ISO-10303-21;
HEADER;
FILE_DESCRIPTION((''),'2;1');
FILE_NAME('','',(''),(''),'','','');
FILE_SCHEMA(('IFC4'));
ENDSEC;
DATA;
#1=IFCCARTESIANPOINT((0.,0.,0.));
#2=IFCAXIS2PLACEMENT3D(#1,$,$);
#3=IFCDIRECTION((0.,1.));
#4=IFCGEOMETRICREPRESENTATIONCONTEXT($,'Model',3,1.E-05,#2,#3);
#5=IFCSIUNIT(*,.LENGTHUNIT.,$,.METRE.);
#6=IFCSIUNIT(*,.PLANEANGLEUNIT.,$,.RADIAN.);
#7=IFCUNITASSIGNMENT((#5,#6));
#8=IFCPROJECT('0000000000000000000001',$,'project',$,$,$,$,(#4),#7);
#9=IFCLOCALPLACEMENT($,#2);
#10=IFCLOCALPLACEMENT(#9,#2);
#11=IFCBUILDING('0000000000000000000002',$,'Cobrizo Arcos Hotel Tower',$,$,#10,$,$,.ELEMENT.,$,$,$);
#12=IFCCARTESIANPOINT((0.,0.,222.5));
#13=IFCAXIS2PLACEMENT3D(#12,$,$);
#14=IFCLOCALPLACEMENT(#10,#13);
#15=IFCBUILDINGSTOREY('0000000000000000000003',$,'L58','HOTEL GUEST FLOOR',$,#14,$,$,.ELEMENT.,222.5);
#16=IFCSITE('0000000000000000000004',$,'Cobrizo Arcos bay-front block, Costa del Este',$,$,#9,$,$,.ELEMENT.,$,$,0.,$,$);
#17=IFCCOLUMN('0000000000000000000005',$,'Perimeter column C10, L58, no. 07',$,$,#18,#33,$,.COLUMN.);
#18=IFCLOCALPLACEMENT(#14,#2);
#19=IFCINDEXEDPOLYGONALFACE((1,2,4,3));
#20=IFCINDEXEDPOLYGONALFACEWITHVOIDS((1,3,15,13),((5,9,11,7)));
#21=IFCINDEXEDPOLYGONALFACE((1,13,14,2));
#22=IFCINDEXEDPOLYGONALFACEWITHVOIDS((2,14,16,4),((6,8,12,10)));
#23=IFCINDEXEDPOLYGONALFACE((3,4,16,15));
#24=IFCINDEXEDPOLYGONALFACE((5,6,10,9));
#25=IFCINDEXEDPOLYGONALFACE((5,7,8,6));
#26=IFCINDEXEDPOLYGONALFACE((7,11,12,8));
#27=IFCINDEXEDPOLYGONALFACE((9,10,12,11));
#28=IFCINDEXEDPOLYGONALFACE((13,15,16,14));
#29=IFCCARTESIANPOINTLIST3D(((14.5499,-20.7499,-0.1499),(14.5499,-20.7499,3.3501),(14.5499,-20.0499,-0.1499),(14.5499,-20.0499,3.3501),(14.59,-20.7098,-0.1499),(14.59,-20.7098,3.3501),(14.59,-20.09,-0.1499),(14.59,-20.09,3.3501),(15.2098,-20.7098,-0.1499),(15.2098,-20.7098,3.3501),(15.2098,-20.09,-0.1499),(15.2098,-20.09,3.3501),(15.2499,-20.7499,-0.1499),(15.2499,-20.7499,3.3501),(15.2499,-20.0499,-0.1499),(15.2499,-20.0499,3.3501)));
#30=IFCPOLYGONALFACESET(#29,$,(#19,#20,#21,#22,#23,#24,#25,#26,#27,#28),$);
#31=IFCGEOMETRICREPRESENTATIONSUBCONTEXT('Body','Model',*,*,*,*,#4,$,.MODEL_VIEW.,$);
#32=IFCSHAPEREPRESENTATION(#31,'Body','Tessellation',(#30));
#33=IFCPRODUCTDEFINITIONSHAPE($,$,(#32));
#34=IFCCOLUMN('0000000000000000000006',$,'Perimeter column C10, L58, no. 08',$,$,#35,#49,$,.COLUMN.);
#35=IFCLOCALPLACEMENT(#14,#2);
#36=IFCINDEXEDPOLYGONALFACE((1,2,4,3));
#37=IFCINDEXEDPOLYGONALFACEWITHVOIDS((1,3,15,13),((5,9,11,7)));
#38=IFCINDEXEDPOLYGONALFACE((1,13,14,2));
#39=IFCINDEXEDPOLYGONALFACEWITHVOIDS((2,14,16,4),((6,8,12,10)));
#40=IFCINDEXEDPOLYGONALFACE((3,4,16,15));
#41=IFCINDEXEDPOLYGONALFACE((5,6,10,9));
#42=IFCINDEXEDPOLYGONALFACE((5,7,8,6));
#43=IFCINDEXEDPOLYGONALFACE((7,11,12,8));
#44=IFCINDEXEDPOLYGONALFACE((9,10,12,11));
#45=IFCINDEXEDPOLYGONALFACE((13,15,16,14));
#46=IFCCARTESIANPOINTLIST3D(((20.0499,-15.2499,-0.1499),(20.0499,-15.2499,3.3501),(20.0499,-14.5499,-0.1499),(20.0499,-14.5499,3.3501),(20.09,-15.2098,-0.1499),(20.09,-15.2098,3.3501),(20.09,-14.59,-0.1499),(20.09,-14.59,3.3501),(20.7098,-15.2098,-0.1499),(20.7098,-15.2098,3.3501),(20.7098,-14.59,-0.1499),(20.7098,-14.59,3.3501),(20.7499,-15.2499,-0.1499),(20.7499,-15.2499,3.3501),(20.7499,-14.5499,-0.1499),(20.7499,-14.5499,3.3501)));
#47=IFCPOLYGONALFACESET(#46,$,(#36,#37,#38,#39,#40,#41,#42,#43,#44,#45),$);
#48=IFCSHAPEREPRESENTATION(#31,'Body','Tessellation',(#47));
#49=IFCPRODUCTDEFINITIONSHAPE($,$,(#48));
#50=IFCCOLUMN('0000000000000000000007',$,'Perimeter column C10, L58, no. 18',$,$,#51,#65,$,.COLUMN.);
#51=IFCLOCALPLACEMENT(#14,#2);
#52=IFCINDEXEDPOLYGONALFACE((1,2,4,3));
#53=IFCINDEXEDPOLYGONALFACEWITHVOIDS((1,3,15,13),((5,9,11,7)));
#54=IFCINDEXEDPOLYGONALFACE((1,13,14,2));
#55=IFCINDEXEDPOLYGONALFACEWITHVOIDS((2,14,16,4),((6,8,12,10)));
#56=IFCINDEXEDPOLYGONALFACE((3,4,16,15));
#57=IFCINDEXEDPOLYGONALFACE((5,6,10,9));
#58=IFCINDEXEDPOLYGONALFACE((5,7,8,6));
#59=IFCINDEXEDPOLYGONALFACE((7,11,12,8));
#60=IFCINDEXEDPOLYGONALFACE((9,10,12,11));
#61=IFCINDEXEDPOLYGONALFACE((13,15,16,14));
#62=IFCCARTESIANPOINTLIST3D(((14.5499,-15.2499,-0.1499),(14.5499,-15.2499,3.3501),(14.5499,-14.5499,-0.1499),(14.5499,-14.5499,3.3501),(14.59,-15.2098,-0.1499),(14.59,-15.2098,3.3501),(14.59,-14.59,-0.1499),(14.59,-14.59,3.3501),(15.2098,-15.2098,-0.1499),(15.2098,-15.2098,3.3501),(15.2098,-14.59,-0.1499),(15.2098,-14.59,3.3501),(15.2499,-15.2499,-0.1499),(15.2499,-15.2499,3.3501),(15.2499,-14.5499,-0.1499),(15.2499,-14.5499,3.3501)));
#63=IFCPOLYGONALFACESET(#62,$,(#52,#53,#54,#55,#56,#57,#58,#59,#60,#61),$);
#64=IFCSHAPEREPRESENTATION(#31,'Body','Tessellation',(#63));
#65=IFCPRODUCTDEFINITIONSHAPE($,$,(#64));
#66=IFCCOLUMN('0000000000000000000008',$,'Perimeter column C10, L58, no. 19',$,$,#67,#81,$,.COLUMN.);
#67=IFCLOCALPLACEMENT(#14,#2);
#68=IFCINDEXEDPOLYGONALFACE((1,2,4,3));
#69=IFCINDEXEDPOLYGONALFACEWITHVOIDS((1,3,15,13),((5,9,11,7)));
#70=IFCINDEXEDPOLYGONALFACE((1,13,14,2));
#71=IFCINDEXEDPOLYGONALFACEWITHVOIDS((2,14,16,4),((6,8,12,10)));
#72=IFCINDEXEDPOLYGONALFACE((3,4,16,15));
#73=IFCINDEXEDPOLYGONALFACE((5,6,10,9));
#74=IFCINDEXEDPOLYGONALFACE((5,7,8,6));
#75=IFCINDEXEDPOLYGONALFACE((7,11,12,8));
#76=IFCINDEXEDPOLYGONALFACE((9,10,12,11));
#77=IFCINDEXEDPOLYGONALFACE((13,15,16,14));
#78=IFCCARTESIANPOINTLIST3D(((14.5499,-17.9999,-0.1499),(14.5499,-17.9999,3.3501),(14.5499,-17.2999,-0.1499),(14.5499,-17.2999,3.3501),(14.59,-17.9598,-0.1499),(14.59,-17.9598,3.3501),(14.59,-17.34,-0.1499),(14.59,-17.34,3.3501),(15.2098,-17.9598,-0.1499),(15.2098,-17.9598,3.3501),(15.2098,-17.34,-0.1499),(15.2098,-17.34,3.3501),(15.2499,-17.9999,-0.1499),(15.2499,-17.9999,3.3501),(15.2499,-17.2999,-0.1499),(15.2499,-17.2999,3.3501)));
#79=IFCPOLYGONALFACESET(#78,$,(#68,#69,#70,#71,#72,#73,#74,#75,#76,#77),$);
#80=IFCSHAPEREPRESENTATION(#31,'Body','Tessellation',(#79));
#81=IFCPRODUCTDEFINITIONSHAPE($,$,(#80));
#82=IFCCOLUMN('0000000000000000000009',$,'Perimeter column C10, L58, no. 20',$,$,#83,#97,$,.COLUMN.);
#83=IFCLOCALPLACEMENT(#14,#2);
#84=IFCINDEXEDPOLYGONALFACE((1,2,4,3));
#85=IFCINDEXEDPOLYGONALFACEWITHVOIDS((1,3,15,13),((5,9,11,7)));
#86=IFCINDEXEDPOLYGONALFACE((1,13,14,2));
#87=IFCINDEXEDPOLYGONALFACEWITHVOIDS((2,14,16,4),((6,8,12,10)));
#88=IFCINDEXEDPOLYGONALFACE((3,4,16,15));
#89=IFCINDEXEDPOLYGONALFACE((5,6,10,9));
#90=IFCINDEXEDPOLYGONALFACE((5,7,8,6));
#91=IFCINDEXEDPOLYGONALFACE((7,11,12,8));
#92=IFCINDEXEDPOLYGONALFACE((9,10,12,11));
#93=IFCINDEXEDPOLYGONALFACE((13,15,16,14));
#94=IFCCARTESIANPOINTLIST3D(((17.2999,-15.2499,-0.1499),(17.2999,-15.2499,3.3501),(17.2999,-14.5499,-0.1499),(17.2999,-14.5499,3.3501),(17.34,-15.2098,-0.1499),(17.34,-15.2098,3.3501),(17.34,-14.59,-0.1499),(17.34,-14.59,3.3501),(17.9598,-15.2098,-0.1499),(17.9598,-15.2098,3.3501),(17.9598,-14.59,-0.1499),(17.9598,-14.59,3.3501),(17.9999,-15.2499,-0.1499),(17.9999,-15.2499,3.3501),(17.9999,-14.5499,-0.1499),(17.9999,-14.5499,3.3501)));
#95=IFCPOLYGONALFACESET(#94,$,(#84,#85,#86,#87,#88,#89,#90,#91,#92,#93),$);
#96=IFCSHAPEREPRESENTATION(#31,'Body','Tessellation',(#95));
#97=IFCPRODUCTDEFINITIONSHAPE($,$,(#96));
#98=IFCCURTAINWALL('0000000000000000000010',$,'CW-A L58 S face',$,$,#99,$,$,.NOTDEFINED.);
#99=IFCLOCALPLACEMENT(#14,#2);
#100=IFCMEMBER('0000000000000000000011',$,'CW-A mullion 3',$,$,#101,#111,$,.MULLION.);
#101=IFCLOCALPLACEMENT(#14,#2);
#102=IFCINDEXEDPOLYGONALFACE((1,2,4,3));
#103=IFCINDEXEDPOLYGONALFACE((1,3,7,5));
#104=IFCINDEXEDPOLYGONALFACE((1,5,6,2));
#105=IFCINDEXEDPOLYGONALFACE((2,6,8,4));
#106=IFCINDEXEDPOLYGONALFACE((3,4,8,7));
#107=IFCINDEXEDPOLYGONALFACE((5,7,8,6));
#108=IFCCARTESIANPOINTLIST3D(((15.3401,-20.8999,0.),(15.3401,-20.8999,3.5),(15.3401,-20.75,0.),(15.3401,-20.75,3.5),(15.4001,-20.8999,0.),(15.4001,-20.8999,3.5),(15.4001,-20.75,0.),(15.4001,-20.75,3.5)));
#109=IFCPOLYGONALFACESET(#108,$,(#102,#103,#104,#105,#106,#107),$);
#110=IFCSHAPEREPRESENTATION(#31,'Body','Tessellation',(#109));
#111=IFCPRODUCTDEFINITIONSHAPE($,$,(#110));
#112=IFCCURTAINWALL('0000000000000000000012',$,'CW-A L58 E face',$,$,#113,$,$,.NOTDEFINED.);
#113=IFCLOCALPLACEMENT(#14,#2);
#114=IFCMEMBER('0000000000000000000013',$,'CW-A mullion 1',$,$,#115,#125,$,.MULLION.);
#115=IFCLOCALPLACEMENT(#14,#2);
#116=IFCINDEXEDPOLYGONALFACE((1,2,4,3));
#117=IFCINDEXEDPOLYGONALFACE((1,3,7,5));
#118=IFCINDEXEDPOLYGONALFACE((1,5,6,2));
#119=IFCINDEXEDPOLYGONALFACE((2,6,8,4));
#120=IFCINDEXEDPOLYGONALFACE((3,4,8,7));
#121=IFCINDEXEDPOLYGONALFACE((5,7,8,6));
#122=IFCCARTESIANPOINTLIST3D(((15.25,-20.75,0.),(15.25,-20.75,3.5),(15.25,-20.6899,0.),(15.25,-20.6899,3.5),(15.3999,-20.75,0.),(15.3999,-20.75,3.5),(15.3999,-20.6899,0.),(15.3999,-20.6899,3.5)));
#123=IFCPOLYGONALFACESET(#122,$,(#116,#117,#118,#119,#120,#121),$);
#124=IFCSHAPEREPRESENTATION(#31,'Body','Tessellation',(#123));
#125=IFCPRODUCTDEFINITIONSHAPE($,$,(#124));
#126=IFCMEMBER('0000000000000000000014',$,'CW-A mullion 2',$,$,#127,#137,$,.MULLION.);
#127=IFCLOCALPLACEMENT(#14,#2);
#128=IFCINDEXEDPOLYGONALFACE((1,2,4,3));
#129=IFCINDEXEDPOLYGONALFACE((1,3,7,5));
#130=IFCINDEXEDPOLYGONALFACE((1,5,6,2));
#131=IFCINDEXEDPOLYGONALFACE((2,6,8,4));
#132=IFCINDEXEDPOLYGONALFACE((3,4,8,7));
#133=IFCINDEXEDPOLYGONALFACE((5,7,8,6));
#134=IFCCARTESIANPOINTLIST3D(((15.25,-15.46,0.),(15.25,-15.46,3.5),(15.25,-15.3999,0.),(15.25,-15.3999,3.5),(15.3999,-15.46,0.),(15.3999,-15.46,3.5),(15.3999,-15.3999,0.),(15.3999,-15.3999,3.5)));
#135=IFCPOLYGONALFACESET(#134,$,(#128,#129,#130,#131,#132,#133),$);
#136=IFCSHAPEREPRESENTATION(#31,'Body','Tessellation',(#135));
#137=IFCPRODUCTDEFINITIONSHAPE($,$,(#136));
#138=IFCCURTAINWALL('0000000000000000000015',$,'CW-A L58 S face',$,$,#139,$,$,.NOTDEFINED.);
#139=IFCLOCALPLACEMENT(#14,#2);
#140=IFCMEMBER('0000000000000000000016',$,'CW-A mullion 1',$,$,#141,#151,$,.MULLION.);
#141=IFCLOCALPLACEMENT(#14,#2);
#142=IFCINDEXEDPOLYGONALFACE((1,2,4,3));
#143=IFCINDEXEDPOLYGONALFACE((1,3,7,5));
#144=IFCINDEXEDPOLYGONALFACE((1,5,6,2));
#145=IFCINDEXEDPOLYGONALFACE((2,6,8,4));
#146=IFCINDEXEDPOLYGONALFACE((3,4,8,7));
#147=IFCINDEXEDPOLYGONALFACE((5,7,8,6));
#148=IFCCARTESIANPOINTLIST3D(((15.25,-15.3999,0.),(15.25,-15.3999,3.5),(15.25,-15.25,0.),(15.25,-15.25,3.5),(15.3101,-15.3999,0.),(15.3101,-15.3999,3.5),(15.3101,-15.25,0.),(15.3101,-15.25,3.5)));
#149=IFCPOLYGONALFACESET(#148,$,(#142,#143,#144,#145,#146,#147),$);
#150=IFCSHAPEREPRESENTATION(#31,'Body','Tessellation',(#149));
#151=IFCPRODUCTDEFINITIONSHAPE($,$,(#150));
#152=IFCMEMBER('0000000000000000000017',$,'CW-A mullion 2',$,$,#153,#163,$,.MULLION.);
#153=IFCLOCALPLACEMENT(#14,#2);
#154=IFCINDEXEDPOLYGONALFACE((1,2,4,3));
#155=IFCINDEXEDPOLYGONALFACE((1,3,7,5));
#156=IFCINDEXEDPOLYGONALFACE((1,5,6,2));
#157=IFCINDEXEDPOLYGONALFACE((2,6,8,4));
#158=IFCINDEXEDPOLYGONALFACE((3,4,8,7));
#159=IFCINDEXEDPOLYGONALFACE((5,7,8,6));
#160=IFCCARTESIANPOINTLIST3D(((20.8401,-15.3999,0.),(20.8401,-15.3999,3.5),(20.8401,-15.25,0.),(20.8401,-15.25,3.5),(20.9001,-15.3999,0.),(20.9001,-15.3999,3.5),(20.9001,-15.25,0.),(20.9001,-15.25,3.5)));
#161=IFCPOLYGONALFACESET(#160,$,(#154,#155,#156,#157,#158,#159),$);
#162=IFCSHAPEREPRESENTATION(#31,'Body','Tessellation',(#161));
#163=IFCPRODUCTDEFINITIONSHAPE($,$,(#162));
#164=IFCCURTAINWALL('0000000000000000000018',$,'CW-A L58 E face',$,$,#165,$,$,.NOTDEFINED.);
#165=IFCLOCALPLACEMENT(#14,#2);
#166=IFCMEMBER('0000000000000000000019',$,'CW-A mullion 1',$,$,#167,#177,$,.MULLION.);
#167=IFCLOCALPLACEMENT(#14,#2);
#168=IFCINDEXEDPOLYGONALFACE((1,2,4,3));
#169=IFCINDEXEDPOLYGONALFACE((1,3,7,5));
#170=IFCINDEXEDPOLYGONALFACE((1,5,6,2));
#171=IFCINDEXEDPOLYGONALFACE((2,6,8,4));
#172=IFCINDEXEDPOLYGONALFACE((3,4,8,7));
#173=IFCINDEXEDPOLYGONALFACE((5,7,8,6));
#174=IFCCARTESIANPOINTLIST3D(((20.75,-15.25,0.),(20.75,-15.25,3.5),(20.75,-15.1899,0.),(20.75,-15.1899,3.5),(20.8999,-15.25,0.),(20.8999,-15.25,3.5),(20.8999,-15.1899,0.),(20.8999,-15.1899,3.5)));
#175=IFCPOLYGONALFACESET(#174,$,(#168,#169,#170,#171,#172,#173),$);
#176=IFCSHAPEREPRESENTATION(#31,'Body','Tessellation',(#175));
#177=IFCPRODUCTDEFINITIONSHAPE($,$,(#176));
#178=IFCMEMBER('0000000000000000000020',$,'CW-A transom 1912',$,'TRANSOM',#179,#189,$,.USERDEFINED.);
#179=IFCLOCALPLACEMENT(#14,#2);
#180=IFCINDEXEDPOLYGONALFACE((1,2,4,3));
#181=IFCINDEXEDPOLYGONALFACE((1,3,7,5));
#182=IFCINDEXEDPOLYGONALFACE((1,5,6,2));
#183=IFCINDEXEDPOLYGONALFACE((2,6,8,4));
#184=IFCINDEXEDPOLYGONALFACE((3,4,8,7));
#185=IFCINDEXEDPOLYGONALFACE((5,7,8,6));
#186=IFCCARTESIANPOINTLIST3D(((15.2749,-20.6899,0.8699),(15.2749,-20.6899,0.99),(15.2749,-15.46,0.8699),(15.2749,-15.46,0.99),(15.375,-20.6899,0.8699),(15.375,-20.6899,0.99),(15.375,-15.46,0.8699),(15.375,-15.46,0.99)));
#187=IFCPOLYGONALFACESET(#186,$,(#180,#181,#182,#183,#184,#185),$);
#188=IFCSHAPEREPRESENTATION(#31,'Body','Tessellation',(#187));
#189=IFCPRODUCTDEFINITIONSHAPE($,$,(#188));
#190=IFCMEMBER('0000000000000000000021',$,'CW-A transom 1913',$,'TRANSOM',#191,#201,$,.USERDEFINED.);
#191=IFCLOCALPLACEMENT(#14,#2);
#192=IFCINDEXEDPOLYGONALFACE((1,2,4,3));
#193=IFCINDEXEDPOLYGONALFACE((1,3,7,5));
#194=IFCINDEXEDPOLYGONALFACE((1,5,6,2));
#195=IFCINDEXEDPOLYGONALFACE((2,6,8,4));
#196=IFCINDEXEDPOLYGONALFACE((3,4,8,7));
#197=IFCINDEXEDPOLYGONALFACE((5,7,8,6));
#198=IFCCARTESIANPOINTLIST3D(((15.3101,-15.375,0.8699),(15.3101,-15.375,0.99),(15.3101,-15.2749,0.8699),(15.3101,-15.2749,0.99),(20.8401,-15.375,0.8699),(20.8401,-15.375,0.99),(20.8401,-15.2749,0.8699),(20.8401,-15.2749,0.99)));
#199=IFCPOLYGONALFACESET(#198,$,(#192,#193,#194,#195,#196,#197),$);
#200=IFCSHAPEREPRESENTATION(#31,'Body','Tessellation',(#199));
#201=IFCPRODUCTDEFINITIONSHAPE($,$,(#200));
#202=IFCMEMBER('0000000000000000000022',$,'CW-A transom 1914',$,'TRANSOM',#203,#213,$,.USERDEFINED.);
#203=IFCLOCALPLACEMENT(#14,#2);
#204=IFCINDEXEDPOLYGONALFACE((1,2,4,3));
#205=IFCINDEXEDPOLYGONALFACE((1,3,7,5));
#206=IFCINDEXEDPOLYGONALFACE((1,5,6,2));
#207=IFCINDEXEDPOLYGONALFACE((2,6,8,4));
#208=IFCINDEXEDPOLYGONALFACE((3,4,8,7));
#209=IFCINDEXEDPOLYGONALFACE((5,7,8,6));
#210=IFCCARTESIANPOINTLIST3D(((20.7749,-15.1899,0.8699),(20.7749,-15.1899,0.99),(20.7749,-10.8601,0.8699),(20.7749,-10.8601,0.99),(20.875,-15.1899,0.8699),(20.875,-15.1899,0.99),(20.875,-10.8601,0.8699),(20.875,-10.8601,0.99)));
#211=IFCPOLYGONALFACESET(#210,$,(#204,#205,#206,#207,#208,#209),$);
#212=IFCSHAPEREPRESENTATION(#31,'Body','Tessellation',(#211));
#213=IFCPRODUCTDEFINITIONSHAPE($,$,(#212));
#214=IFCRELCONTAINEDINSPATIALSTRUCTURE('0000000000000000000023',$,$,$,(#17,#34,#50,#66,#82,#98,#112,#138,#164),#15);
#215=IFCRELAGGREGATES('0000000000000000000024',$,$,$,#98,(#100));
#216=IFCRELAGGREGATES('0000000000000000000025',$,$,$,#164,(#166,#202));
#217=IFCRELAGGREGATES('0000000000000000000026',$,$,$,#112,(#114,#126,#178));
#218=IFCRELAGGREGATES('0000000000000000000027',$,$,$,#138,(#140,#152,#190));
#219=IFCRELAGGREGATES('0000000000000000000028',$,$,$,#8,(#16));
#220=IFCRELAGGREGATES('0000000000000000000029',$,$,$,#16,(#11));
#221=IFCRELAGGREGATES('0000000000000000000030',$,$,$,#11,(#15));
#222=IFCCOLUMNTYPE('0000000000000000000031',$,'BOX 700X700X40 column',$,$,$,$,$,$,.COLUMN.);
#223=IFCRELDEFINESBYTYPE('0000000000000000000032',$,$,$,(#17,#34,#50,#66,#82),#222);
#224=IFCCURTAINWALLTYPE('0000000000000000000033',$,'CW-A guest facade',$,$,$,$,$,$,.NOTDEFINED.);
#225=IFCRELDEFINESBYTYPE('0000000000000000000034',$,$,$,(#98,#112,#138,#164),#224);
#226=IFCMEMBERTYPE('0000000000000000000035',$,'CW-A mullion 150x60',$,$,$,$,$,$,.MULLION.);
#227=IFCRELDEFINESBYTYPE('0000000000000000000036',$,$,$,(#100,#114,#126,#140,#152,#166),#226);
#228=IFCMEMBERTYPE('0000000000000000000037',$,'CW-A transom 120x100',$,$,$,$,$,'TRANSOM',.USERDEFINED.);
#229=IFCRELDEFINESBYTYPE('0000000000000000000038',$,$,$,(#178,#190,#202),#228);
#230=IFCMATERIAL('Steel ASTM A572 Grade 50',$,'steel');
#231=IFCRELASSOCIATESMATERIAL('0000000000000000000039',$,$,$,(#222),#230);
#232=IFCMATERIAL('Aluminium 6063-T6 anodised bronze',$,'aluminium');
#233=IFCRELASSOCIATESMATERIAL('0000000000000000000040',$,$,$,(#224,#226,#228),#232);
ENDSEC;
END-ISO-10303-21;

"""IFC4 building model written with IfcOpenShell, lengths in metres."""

from ifc_helpers import new_model, si_unit, direction, frame, origin, origin_2d, place, context, subcontext, project, spatial, rectangle, hollow_rectangle, extrude, material, material_profile, profile_set, type_object, element, aggregate, save


model = new_model("IFC4")

# Units and contexts
model_context = context("Model", 3, precision=1e-05, world=origin(), true_north=direction((0.0, 1.0)))
body_context = subcontext(model_context, "Body", "Model", "MODEL_VIEW")
ifc_project = project(units=[si_unit("LENGTHUNIT", "METRE"), si_unit("PLANEANGLEUNIT", "RADIAN")], contexts=[model_context])

# Site, building, storey
site_placement = place(None, origin())
site = spatial("IfcSite", under=ifc_project, at=site_placement, Name="Cobrizo Arcos bay-front block, Costa del Este", CompositionType="ELEMENT", RefElevation=0.0)
building_placement = place(site_placement, origin())
building = spatial("IfcBuilding", under=site, at=building_placement, Name="Cobrizo Arcos Hotel Tower", CompositionType="ELEMENT")
storey_placement = place(building_placement, frame((0.0, 0.0, 222.5)))
storey = spatial("IfcBuildingStorey", under=building, at=storey_placement, Name="L58", Description="HOTEL GUEST FLOOR", CompositionType="ELEMENT", Elevation=222.5)

# Columns
ifc_material_1 = material(Name="Steel ASTM A572 Grade 50", Category="steel")
ifc_material_profile_1 = material_profile(ifc_material_1, hollow_rectangle(XDim=0.7, YDim=0.7, WallThickness=0.04, at=origin_2d()), Name="BOX 700X700X40")
ifc_profile_set_1 = profile_set([ifc_material_profile_1], Name="Steel ASTM A572 Grade 50")
column_type = type_object("IfcColumnType", Name="BOX 700X700X40 column", PredefinedType="COLUMN", material=ifc_profile_set_1)
for number, where, z_axis, x_axis, name in (
    (1, (14.8999, -20.3999, -0.1499), (0.0, 0.0, 1.0), (1.0, 0.0, 0.0), "Perimeter column C10, L58, no. 07"),
    (2, (20.3999, -14.8999, -0.1499), (0.0, 0.0, 1.0), (1.0, 0.0, 0.0), "Perimeter column C10, L58, no. 08"),
    (3, (14.8999, -14.8999, -0.1499), (0.0, 0.0, 1.0), (1.0, 0.0, 0.0), "Perimeter column C10, L58, no. 18"),
    (4, (14.8999, -17.6499, -0.1499), (0.0, 0.0, 1.0), (1.0, 0.0, 0.0), "Perimeter column C10, L58, no. 19"),
    (5, (17.6499, -14.8999, -0.1499), (0.0, 0.0, 1.0), (1.0, 0.0, 0.0), "Perimeter column C10, L58, no. 20"),
):
    element("IfcColumn", number, at=place(storey_placement, frame(where, z_axis=z_axis, x_axis=x_axis)), inside=storey, type_object=column_type, Name=name, PredefinedType="COLUMN", context=body_context, shape_type="SweptSolid", body=[
        extrude(hollow_rectangle(XDim=0.7, YDim=0.7, WallThickness=0.04, at=origin_2d()), origin(), (0.0, 0.0, 1.0), 3.5),
    ])

# Curtain wall, member
ifc_material_2 = material(Name="Aluminium 6063-T6 anodised bronze", Category="aluminium")
curtain_wall_type = type_object("IfcCurtainWallType", Name="CW-A guest facade", PredefinedType="NOTDEFINED", material=ifc_material_2)
curtain_wall_1_placement = place(storey_placement, origin())
curtain_wall_1 = element("IfcCurtainWall", 6, at=curtain_wall_1_placement, inside=storey, type_object=curtain_wall_type, Name="CW-A L58 S face", PredefinedType="NOTDEFINED")
ifc_material_profile_2 = material_profile(ifc_material_2, rectangle(XDim=0.1499, YDim=0.0601, at=origin_2d()), Name="CW-A mullion 150x60")
ifc_profile_set_2 = profile_set([ifc_material_profile_2], Name="Aluminium 6063-T6 anodised bronze")
member_type_1 = type_object("IfcMemberType", Name="CW-A mullion 150x60", PredefinedType="MULLION", material=ifc_profile_set_2)
member_1_placement = place(storey_placement, frame((15.3701, -20.825, 0.0), z_axis=(0.0, 0.0, 1.0), x_axis=(0.0, -1.0, 0.0)))
member_1 = element("IfcMember", 7, at=member_1_placement, type_object=member_type_1, Name="CW-A mullion 3", PredefinedType="MULLION", context=body_context, shape_type="SweptSolid", body=[
    extrude(rectangle(XDim=0.1499, YDim=0.0601, at=origin_2d()), origin(), (0.0, 0.0, 1.0), 3.5),
])
aggregate(curtain_wall_1, [member_1])

# Curtain walls, members
curtain_wall_2_placement = place(storey_placement, origin())
curtain_wall_2 = element("IfcCurtainWall", 8, at=curtain_wall_2_placement, inside=storey, type_object=curtain_wall_type, Name="CW-A L58 E face", PredefinedType="NOTDEFINED")
member_2_placement = place(storey_placement, frame((15.325, -20.72, 0.0), z_axis=(0.0, 0.0, 1.0), x_axis=(1.0, 0.0, 0.0)))
member_2 = element("IfcMember", 9, at=member_2_placement, type_object=member_type_1, Name="CW-A mullion 1", PredefinedType="MULLION", context=body_context, shape_type="SweptSolid", body=[
    extrude(rectangle(XDim=0.1499, YDim=0.0601, at=origin_2d()), origin(), (0.0, 0.0, 1.0), 3.5),
])
member_3_placement = place(storey_placement, frame((15.325, -15.4299, 0.0), z_axis=(0.0, 0.0, 1.0), x_axis=(1.0, 0.0, 0.0)))
member_3 = element("IfcMember", 10, at=member_3_placement, type_object=member_type_1, Name="CW-A mullion 2", PredefinedType="MULLION", context=body_context, shape_type="SweptSolid", body=[
    extrude(rectangle(XDim=0.1499, YDim=0.0601, at=origin_2d()), origin(), (0.0, 0.0, 1.0), 3.5),
])
curtain_wall_3_placement = place(storey_placement, origin())
curtain_wall_3 = element("IfcCurtainWall", 11, at=curtain_wall_3_placement, inside=storey, type_object=curtain_wall_type, Name="CW-A L58 S face", PredefinedType="NOTDEFINED")
member_4_placement = place(storey_placement, frame((15.28, -15.325, 0.0), z_axis=(0.0, 0.0, 1.0), x_axis=(0.0, -1.0, 0.0)))
member_4 = element("IfcMember", 12, at=member_4_placement, type_object=member_type_1, Name="CW-A mullion 1", PredefinedType="MULLION", context=body_context, shape_type="SweptSolid", body=[
    extrude(rectangle(XDim=0.1499, YDim=0.0601, at=origin_2d()), origin(), (0.0, 0.0, 1.0), 3.5),
])
member_5_placement = place(storey_placement, frame((20.8701, -15.325, 0.0), z_axis=(0.0, 0.0, 1.0), x_axis=(0.0, -1.0, 0.0)))
member_5 = element("IfcMember", 13, at=member_5_placement, type_object=member_type_1, Name="CW-A mullion 2", PredefinedType="MULLION", context=body_context, shape_type="SweptSolid", body=[
    extrude(rectangle(XDim=0.1499, YDim=0.0601, at=origin_2d()), origin(), (0.0, 0.0, 1.0), 3.5),
])

# Curtain wall, member
curtain_wall_4_placement = place(storey_placement, origin())
curtain_wall_4 = element("IfcCurtainWall", 14, at=curtain_wall_4_placement, inside=storey, type_object=curtain_wall_type, Name="CW-A L58 E face", PredefinedType="NOTDEFINED")
member_6_placement = place(storey_placement, frame((20.825, -15.22, 0.0), z_axis=(0.0, 0.0, 1.0), x_axis=(1.0, 0.0, 0.0)))
member_6 = element("IfcMember", 15, at=member_6_placement, type_object=member_type_1, Name="CW-A mullion 1", PredefinedType="MULLION", context=body_context, shape_type="SweptSolid", body=[
    extrude(rectangle(XDim=0.1499, YDim=0.0601, at=origin_2d()), origin(), (0.0, 0.0, 1.0), 3.5),
])

# Members
ifc_material_profile_3 = material_profile(ifc_material_2, rectangle(XDim=0.1001, YDim=0.1201, at=origin_2d()), Name="CW-A transom 120x100")
ifc_profile_set_3 = profile_set([ifc_material_profile_3], Name="Aluminium 6063-T6 anodised bronze")
member_type_2 = type_object("IfcMemberType", Name="CW-A transom 120x100", ElementType="TRANSOM", PredefinedType="USERDEFINED", material=ifc_profile_set_3)
member_7_placement = place(storey_placement, frame((15.325, -20.6899, 0.9299), z_axis=(0.0, 1.0, 0.0), x_axis=(-1.0, 0.0, 0.0)))
member_7 = element("IfcMember", 16, at=member_7_placement, type_object=member_type_2, Name="CW-A transom 1912", ObjectType="TRANSOM", PredefinedType="USERDEFINED", context=body_context, shape_type="SweptSolid", body=[
    extrude(rectangle(XDim=0.1001, YDim=0.1201, at=origin_2d()), origin(), (0.0, 0.0, 1.0), 5.23),
])
member_8_placement = place(storey_placement, frame((15.3101, -15.325, 0.9299), z_axis=(1.0, 0.0, 0.0), x_axis=(0.0, 1.0, 0.0)))
member_8 = element("IfcMember", 17, at=member_8_placement, type_object=member_type_2, Name="CW-A transom 1913", ObjectType="TRANSOM", PredefinedType="USERDEFINED", context=body_context, shape_type="SweptSolid", body=[
    extrude(rectangle(XDim=0.1001, YDim=0.1201, at=origin_2d()), origin(), (0.0, 0.0, 1.0), 5.53),
])
member_9_placement = place(storey_placement, frame((20.825, -15.1899, 0.9299), z_axis=(0.0, 1.0, 0.0), x_axis=(-1.0, 0.0, 0.0)))
member_9 = element("IfcMember", 18, at=member_9_placement, type_object=member_type_2, Name="CW-A transom 1914", ObjectType="TRANSOM", PredefinedType="USERDEFINED", context=body_context, shape_type="SweptSolid", body=[
    extrude(rectangle(XDim=0.1001, YDim=0.1201, at=origin_2d()), origin(), (0.0, 0.0, 1.0), 4.3298),
])
aggregate(curtain_wall_4, [member_6, member_9])

aggregate(curtain_wall_2, [member_2, member_3, member_7])
aggregate(curtain_wall_3, [member_4, member_5, member_8])

save(model, "model.ifc")
